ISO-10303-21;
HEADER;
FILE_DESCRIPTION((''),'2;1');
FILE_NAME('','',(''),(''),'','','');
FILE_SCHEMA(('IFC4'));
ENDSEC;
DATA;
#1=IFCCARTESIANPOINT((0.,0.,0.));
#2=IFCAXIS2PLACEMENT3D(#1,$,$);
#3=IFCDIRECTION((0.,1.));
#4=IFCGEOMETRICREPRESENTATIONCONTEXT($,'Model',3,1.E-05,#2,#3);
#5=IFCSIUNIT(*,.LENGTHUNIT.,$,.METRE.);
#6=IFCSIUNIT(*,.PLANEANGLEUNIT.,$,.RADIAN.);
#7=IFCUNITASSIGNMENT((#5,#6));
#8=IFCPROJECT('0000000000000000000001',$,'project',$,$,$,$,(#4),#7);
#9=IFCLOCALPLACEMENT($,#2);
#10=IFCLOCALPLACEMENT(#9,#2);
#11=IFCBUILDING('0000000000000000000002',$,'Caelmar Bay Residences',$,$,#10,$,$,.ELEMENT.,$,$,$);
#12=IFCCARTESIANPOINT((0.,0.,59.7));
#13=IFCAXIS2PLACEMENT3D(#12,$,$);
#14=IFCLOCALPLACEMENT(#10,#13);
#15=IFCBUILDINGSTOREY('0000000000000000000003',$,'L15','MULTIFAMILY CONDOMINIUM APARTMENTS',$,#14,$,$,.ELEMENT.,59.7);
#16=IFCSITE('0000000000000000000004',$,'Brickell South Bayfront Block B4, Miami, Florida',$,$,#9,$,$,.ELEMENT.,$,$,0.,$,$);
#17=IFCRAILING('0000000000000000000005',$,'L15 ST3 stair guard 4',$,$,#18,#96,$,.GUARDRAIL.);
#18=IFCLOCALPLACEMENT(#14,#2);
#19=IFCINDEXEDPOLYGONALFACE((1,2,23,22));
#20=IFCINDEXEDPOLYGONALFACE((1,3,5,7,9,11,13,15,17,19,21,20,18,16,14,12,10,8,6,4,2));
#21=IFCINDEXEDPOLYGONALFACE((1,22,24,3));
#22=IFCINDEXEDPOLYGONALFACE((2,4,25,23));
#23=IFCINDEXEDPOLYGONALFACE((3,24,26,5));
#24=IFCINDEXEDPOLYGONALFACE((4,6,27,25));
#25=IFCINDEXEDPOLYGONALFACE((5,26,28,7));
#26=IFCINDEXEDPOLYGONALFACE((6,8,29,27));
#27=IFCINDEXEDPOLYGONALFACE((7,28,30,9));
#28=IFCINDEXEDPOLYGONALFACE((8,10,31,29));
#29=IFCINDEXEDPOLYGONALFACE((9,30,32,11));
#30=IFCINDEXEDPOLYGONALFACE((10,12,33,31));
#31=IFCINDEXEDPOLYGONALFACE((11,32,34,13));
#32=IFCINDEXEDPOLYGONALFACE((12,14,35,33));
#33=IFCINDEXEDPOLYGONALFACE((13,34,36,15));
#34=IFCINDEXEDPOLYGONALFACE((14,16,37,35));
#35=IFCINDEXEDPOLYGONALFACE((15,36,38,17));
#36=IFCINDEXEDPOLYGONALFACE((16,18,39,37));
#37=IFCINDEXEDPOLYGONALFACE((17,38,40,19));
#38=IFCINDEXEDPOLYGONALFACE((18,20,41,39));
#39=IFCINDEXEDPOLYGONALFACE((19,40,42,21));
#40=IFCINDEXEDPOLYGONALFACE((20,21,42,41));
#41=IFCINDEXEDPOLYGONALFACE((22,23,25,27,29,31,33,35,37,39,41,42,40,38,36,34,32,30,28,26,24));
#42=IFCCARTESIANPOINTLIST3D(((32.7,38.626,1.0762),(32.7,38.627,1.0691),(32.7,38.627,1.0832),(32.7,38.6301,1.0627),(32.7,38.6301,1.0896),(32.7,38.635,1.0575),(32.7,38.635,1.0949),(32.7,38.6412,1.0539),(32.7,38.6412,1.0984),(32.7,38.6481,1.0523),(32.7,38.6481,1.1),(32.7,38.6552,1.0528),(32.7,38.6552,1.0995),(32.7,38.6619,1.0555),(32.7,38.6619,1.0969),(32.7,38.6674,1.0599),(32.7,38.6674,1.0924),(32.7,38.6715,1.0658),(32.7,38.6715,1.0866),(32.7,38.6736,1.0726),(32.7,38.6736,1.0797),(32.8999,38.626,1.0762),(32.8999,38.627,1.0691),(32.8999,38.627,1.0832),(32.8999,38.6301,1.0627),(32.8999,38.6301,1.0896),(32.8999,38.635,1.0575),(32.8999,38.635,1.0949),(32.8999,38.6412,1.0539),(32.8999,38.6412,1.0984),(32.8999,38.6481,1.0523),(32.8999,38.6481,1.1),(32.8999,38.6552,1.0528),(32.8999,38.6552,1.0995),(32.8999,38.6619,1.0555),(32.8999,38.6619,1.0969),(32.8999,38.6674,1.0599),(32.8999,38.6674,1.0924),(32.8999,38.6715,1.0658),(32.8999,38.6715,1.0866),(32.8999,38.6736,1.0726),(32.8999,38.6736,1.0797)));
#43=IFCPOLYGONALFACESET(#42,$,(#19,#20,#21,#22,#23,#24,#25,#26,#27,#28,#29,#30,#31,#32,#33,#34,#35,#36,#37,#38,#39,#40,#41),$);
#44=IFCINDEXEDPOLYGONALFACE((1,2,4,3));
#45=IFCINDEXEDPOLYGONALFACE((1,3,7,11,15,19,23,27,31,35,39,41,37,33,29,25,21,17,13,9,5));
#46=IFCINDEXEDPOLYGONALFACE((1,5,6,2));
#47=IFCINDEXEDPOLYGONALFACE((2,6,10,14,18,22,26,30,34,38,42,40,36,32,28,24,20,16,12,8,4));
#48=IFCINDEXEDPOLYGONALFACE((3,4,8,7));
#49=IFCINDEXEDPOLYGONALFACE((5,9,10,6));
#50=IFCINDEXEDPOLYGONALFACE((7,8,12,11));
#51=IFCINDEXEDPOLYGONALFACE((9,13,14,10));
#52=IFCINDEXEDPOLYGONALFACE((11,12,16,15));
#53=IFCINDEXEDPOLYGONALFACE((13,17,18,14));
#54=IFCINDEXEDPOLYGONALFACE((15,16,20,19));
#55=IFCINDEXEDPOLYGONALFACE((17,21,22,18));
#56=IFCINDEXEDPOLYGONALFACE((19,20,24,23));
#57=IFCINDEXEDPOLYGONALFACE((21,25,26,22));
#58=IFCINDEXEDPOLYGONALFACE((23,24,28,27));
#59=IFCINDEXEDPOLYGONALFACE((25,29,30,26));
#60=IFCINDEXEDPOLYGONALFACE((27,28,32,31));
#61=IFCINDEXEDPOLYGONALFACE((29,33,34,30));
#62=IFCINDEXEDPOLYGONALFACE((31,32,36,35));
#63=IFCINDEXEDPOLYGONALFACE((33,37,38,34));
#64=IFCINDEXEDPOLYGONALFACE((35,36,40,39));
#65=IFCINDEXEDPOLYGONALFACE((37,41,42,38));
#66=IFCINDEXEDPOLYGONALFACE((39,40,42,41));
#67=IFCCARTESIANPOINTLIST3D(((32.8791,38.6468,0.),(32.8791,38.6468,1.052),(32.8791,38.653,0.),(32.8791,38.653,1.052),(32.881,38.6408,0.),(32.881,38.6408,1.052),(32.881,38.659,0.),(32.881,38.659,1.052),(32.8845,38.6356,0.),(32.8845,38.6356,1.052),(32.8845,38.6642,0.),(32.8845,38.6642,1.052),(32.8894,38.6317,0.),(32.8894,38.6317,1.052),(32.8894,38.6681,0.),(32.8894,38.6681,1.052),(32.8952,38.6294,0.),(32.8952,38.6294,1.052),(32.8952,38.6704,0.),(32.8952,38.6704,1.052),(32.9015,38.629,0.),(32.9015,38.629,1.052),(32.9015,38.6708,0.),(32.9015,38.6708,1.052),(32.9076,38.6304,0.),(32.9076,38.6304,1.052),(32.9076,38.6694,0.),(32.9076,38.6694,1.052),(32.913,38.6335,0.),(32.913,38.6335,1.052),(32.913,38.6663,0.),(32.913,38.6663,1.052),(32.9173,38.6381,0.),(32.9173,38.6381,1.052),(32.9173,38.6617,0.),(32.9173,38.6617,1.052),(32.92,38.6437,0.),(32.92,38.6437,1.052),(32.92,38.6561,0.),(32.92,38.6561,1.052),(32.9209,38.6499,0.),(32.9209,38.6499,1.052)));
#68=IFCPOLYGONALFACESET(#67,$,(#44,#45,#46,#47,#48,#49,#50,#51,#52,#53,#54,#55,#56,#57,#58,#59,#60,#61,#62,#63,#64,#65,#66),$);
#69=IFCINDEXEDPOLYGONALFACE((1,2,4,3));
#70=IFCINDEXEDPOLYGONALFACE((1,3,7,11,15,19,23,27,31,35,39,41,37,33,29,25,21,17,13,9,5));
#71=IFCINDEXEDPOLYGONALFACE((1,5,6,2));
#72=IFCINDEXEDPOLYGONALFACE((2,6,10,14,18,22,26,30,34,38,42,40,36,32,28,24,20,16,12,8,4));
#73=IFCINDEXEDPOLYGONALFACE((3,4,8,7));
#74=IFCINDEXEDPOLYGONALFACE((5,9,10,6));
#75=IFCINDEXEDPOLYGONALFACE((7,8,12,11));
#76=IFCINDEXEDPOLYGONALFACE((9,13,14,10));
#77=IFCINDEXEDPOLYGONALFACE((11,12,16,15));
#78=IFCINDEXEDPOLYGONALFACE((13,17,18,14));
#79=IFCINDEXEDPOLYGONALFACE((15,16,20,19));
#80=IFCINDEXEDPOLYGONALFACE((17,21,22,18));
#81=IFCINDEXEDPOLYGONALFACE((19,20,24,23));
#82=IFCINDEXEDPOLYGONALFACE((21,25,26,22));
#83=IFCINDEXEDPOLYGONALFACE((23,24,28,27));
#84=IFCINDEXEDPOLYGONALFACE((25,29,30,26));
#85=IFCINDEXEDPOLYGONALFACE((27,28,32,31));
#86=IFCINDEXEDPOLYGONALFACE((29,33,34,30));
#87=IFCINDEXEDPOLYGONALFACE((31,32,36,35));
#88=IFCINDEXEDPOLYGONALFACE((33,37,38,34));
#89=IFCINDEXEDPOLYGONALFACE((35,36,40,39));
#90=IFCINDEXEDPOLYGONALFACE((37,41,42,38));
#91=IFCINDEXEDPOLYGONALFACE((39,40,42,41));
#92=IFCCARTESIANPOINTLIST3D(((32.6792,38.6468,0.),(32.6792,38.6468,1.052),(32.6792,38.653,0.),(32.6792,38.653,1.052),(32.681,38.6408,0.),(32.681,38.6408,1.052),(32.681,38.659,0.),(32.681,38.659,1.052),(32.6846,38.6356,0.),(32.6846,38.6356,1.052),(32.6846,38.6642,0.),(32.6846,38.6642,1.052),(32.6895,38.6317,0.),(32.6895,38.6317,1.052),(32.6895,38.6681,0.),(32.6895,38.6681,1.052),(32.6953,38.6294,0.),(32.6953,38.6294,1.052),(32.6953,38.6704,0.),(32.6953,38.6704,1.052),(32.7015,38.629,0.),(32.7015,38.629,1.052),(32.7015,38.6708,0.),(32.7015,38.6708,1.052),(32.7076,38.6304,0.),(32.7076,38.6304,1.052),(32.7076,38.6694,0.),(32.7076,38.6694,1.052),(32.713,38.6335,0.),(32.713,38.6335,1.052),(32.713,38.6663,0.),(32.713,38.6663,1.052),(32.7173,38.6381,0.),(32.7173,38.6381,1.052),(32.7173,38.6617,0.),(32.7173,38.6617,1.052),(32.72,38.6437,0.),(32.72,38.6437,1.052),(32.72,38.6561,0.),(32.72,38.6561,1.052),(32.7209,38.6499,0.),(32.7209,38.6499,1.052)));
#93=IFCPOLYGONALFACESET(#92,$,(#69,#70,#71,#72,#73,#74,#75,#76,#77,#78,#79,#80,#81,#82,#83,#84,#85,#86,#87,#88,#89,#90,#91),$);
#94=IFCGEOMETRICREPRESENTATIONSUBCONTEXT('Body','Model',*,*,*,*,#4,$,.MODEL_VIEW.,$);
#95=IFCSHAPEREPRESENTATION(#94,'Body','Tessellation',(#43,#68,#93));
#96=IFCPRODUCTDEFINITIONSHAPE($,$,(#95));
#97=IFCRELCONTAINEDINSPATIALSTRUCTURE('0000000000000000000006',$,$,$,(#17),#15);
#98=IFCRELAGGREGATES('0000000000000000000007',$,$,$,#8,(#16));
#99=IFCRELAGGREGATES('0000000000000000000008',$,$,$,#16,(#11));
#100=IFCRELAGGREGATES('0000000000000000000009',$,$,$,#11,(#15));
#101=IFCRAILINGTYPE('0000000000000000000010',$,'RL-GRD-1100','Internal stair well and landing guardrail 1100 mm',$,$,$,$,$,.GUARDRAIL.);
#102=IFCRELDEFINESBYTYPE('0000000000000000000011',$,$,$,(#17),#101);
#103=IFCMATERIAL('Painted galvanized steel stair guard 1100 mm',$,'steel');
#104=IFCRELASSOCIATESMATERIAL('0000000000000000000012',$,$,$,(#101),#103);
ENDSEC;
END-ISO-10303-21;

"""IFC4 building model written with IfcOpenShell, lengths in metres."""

from ifc_helpers import new_model, si_unit, direction, frame, origin, origin_2d, place, context, subcontext, project, spatial, circle, extrude, material, type_object, element, save


model = new_model("IFC4")

# Units and contexts
model_context = context("Model", 3, precision=1e-05, world=origin(), true_north=direction((0.0, 1.0)))
body_context = subcontext(model_context, "Body", "Model", "MODEL_VIEW")
ifc_project = project(units=[si_unit("LENGTHUNIT", "METRE"), si_unit("PLANEANGLEUNIT", "RADIAN")], contexts=[model_context])

# Site, building, storey
site_placement = place(None, origin())
site = spatial("IfcSite", under=ifc_project, at=site_placement, Name="Brickell South Bayfront Block B4, Miami, Florida", CompositionType="ELEMENT", RefElevation=0.0)
building_placement = place(site_placement, origin())
building = spatial("IfcBuilding", under=site, at=building_placement, Name="Caelmar Bay Residences", CompositionType="ELEMENT")
storey_placement = place(building_placement, frame((0.0, 0.0, 59.7)))
storey = spatial("IfcBuildingStorey", under=building, at=storey_placement, Name="L15", Description="MULTIFAMILY CONDOMINIUM APARTMENTS", CompositionType="ELEMENT", Elevation=59.7)

# Railing
ifc_material_1 = material(Name="Painted galvanized steel stair guard 1100 mm", Category="steel")
railing_type_1 = type_object("IfcRailingType", Name="RL-GRD-1100", Description="Internal stair well and landing guardrail 1100 mm", PredefinedType="GUARDRAIL", material=ifc_material_1)
railing_1_placement = place(storey_placement, frame((32.8999, 38.6499, 0.0)))
element("IfcRailing", 1, at=railing_1_placement, inside=storey, type_object=railing_type_1, Name="L15 ST3 stair guard 4", PredefinedType="GUARDRAIL", context=body_context, shape_type="SweptSolid", body=[
    extrude(circle(Radius=0.0239, at=origin_2d()), frame((0.0, 0.0, 1.0762), z_axis=(-1.0, 0.0, 0.0), x_axis=(0.0, -1.0, 0.0)), (0.0, 0.0, 1.0), 0.2),
    extrude(circle(Radius=0.021, at=origin_2d()), origin(), (0.0, 0.0, 1.0), 1.052),
    extrude(circle(Radius=0.021, at=origin_2d()), frame((-0.2, 0.0, 0.0)), (0.0, 0.0, 1.0), 1.052),
])

save(model, "model.ifc")
